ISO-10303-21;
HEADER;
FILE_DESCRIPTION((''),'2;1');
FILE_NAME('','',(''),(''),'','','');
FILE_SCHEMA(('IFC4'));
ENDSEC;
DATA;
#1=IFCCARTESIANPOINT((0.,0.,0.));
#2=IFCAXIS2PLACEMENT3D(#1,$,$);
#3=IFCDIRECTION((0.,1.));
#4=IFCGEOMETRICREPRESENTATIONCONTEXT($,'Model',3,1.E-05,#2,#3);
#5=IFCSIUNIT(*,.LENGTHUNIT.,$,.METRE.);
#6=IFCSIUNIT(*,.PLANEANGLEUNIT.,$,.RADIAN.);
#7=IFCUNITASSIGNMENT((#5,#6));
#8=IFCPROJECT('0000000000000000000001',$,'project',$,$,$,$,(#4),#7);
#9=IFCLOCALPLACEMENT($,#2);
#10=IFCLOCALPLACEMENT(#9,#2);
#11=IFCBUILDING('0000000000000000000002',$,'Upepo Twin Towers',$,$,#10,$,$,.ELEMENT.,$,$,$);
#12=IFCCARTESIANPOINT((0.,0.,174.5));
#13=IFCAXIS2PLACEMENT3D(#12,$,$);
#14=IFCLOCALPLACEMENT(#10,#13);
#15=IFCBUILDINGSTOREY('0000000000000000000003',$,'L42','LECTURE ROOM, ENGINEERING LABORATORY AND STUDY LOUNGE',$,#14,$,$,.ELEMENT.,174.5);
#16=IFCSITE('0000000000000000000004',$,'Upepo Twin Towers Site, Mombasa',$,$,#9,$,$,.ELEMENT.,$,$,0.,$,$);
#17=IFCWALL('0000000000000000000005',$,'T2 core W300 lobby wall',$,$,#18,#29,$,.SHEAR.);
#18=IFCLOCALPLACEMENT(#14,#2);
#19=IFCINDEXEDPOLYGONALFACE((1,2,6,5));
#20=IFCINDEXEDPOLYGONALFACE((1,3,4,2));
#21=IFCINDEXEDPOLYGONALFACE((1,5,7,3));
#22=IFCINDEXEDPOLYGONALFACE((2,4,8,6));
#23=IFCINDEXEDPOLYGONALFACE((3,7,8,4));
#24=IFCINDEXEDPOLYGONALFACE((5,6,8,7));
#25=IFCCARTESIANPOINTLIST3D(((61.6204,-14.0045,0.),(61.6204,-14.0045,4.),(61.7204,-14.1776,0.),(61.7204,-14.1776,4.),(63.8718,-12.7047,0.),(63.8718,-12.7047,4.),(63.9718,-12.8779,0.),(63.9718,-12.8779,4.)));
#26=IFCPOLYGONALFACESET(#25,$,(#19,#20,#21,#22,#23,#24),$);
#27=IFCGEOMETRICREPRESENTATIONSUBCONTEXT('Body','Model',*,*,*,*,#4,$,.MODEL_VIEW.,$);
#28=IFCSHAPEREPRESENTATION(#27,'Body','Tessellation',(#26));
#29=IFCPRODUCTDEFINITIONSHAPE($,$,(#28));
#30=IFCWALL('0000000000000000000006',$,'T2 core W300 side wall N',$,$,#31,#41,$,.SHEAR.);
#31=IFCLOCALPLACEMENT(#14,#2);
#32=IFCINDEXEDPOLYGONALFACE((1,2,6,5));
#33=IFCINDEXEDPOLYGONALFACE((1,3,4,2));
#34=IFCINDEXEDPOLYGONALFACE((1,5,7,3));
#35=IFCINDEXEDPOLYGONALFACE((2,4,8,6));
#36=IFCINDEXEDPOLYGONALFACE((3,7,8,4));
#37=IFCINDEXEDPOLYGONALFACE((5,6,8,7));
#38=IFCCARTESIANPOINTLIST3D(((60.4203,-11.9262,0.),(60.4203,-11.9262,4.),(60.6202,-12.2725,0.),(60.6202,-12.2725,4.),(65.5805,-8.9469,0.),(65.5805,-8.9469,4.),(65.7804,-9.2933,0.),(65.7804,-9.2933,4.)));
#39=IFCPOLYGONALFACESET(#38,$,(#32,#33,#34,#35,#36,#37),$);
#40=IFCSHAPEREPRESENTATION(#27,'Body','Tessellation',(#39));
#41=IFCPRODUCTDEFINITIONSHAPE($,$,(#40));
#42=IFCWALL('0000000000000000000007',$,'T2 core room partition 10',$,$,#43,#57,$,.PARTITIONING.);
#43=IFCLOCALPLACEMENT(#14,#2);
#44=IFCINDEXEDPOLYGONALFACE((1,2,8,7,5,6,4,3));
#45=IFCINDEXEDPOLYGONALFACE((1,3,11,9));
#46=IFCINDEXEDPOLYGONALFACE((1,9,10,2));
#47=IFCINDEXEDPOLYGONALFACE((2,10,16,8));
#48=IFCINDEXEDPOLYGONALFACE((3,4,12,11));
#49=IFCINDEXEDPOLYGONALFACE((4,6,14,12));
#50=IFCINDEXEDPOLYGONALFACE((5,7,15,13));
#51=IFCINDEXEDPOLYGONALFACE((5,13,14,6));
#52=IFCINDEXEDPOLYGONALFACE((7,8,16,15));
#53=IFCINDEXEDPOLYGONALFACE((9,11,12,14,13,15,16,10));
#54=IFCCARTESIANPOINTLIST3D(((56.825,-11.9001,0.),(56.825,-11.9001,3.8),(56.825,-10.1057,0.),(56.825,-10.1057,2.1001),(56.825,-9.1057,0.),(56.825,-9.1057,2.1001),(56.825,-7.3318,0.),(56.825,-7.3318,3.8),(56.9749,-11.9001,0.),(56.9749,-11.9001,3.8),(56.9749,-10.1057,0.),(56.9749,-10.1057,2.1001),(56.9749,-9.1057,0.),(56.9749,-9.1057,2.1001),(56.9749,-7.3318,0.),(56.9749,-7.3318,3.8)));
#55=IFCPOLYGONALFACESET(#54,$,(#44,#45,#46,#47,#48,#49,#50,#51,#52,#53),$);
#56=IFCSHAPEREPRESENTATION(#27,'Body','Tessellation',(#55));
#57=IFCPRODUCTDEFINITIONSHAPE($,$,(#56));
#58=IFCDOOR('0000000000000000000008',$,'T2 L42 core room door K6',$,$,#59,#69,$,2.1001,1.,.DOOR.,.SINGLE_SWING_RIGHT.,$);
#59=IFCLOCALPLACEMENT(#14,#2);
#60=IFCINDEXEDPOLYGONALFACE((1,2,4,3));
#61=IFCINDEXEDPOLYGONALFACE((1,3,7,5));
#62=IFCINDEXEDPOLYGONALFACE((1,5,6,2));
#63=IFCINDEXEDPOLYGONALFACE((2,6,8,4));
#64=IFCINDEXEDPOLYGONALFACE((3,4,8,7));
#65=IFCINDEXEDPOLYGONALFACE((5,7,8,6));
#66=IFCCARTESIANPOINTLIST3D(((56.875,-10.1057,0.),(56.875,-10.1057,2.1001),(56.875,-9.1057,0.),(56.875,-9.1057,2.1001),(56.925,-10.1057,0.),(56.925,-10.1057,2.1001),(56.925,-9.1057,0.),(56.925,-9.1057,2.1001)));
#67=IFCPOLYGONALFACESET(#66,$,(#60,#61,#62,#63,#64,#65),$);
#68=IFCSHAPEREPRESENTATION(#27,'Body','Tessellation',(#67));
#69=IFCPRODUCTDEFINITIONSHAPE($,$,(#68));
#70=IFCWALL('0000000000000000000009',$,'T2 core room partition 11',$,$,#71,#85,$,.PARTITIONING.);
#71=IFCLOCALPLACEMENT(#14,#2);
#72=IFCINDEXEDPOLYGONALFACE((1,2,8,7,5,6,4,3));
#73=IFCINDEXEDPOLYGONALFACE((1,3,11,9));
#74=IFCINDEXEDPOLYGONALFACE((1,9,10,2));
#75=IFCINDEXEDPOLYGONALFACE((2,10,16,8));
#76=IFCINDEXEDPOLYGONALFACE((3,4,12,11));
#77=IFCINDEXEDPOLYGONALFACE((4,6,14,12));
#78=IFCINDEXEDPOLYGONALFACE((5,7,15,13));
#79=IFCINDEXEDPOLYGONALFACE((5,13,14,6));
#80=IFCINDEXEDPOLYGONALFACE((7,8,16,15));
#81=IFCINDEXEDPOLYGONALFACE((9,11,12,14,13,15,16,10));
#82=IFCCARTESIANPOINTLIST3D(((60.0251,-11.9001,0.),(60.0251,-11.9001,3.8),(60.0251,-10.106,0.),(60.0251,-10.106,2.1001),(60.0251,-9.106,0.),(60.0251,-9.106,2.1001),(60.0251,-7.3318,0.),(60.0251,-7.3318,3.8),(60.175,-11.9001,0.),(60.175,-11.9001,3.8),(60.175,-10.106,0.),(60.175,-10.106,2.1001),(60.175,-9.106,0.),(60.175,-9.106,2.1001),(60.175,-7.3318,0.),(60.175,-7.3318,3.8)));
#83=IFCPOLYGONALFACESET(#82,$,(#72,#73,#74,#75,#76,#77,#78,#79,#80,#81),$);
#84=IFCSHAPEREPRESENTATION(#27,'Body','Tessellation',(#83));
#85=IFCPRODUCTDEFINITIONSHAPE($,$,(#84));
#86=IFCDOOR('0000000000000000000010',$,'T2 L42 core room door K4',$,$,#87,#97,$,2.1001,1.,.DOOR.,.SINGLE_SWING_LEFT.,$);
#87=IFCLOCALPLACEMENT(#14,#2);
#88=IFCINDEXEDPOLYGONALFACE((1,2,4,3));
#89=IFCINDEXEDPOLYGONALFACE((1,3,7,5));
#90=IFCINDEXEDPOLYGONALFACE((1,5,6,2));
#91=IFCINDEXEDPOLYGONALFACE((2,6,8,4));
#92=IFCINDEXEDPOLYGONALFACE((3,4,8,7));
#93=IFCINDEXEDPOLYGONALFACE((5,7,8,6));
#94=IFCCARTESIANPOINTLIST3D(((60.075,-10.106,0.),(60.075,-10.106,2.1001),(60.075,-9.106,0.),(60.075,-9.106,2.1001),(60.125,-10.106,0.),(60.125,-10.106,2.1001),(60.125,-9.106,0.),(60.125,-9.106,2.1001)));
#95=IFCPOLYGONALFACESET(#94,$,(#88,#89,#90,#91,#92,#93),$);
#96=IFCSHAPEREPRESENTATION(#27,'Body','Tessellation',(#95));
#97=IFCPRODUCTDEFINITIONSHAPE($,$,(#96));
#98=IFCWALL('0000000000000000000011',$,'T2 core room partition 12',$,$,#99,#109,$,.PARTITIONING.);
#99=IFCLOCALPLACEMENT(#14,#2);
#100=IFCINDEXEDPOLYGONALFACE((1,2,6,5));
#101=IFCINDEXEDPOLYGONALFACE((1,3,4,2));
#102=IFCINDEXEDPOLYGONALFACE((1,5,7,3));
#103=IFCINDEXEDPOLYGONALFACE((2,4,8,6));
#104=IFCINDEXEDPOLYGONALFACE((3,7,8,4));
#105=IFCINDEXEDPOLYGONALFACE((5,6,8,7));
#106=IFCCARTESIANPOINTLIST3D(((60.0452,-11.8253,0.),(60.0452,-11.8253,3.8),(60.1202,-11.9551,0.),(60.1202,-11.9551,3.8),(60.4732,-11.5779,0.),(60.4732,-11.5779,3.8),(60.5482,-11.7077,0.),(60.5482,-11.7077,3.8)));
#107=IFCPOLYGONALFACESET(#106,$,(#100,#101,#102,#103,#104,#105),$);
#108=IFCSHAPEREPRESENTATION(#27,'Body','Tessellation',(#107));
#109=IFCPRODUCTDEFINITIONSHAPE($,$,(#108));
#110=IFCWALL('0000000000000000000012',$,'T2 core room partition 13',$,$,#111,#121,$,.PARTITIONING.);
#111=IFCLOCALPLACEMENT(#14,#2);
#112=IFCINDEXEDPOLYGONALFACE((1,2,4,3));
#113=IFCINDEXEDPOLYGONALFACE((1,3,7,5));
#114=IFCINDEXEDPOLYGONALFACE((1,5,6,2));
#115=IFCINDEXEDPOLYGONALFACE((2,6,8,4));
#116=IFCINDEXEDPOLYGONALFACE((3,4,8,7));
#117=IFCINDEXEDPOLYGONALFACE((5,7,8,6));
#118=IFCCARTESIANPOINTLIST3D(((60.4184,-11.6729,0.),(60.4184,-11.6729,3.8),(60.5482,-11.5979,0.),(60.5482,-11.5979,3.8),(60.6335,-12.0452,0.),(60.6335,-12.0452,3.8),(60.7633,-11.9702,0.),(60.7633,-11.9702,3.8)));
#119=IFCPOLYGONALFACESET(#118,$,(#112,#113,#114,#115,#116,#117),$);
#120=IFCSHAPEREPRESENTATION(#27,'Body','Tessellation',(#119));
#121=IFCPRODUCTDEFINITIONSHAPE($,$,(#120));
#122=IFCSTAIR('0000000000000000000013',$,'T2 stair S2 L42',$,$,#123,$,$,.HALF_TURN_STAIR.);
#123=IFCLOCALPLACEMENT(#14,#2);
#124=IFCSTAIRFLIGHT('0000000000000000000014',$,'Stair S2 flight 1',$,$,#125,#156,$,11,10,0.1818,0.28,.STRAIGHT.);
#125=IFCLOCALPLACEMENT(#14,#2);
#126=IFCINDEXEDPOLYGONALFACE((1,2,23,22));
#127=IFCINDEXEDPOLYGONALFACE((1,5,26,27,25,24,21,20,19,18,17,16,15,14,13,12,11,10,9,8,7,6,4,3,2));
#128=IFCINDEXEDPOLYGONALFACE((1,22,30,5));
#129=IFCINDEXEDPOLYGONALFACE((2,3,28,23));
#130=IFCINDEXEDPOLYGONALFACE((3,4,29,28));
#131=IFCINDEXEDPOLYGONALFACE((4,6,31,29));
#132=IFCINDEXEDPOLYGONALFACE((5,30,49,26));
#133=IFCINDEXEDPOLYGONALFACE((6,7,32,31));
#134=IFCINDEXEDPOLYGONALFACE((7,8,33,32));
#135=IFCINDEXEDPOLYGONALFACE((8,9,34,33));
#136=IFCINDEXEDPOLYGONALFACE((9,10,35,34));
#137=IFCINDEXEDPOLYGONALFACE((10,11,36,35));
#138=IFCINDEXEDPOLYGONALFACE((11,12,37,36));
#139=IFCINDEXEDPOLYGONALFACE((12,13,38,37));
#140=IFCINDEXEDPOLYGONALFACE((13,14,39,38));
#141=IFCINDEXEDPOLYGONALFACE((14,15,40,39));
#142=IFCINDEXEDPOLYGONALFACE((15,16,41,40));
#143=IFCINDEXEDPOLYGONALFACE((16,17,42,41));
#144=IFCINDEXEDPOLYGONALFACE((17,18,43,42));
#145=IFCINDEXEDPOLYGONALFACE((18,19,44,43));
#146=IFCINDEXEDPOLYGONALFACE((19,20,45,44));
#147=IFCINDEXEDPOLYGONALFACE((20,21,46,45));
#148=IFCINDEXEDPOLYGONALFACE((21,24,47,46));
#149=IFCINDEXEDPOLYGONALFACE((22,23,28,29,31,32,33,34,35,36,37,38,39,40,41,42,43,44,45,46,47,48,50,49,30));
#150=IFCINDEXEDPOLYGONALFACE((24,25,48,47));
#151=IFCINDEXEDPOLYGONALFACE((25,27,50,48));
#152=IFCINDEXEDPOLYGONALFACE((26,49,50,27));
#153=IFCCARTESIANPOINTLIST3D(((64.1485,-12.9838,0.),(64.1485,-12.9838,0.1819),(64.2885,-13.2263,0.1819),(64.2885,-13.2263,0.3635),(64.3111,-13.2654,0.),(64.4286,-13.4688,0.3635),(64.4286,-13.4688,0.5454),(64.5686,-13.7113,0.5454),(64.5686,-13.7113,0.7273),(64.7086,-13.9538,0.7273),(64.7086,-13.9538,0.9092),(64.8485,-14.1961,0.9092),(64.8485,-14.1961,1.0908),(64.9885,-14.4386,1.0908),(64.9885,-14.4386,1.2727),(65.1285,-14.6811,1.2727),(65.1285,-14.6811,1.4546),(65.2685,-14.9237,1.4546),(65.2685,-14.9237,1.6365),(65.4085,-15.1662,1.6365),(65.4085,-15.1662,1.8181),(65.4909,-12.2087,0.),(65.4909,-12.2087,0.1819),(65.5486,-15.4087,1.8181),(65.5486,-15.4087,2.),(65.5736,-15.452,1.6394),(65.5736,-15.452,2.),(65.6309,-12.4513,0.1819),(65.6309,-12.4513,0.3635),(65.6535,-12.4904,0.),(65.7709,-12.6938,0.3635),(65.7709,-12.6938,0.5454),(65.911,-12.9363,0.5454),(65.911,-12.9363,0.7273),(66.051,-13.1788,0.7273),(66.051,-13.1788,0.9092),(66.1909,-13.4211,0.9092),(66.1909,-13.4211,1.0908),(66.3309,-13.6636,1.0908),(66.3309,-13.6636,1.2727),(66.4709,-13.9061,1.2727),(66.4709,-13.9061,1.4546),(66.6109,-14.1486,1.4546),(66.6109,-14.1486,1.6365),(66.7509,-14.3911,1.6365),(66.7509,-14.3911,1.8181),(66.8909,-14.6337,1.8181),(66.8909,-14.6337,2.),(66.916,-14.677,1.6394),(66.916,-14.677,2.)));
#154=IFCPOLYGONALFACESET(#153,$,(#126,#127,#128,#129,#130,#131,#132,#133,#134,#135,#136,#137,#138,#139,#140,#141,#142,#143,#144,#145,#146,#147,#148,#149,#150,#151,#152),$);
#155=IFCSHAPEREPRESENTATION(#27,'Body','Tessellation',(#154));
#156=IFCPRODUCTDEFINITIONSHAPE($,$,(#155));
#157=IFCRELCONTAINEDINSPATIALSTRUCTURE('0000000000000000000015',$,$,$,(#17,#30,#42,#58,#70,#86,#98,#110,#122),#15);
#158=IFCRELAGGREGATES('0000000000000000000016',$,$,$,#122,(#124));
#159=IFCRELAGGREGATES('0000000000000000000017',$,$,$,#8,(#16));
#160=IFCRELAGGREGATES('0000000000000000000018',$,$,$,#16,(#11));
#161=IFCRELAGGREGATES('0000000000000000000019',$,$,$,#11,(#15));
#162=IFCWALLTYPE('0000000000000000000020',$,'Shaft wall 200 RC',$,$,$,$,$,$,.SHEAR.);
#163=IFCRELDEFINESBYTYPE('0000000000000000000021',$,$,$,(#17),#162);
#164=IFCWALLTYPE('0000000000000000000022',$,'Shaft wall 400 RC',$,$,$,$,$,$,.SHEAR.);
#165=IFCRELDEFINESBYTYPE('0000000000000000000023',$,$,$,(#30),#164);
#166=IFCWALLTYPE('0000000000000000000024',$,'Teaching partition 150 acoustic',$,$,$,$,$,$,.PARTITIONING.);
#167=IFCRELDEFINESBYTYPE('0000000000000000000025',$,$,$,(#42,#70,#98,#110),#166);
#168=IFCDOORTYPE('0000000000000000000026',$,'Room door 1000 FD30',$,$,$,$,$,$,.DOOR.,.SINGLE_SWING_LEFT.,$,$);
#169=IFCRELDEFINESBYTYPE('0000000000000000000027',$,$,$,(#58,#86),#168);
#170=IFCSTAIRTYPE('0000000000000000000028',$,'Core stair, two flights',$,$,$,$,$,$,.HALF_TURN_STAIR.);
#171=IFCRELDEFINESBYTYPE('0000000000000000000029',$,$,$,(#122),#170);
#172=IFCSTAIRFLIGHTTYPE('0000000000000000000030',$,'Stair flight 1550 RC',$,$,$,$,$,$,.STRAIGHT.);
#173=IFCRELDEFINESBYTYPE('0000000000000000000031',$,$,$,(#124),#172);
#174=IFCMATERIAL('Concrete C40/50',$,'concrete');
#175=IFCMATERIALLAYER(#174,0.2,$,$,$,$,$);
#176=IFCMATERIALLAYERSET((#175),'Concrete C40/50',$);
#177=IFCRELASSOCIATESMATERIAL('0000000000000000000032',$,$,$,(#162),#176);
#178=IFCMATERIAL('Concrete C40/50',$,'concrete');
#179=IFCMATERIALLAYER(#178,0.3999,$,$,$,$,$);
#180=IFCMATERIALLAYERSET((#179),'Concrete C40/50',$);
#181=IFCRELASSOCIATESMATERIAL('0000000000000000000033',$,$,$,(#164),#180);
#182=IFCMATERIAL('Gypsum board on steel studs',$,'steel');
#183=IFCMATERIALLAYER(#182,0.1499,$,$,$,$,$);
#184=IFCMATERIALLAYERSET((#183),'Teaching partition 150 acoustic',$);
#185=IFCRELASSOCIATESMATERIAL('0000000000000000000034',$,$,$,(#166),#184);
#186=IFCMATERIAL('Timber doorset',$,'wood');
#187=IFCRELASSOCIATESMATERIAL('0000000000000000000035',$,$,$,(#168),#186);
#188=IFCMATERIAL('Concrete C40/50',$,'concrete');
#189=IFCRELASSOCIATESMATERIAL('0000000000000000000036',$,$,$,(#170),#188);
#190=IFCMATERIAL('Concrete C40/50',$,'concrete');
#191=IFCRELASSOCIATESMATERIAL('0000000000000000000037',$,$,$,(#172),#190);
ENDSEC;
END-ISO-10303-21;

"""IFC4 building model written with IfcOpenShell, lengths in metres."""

from ifc_helpers import new_model, si_unit, direction, frame, frame_2d, origin, place, context, subcontext, project, spatial, polyline, rectangle, outline, extrude, material, layer, layer_set, type_object, element, fill, aggregate, save


model = new_model("IFC4")

# Units and contexts
model_context = context("Model", 3, precision=1e-05, world=origin(), true_north=direction((0.0, 1.0)))
body_context = subcontext(model_context, "Body", "Model", "MODEL_VIEW")
ifc_project = project(units=[si_unit("LENGTHUNIT", "METRE"), si_unit("PLANEANGLEUNIT", "RADIAN")], contexts=[model_context])

# Site, building, storey
site_placement = place(None, origin())
site = spatial("IfcSite", under=ifc_project, at=site_placement, Name="Upepo Twin Towers Site, Mombasa", CompositionType="ELEMENT", RefElevation=0.0)
building_placement = place(site_placement, origin())
building = spatial("IfcBuilding", under=site, at=building_placement, Name="Upepo Twin Towers", CompositionType="ELEMENT")
storey_placement = place(building_placement, frame((0.0, 0.0, 174.5)))
storey = spatial("IfcBuildingStorey", under=building, at=storey_placement, Name="L42", Description="LECTURE ROOM, ENGINEERING LABORATORY AND STUDY LOUNGE", CompositionType="ELEMENT", Elevation=174.5)

# Walls
ifc_material_1 = material(Name="Concrete C40/50", Category="concrete")
ifc_layer_1 = layer(ifc_material_1, 0.2)
ifc_layer_set_1 = layer_set([ifc_layer_1], Name="Concrete C40/50")
wall_type_1 = type_object("IfcWallType", Name="Shaft wall 200 RC", PredefinedType="SHEAR", material=ifc_layer_set_1)
wall_1_placement = place(storey_placement, frame((61.6704, -14.0911, 0.0), z_axis=(0.0, 0.0, 1.0), x_axis=(0.866039, 0.499977, 0.0)))
element("IfcWall", 1, at=wall_1_placement, inside=storey, type_object=wall_type_1, Name="T2 core W300 lobby wall", PredefinedType="SHEAR", context=body_context, shape_type="SweptSolid", body=[
    extrude(rectangle(XDim=2.5996, YDim=0.2, at=frame_2d((1.2998, 0.0))), origin(), (0.0, 0.0, 1.0), 4.0),
])
ifc_material_2 = material(Name="Concrete C40/50", Category="concrete")
ifc_layer_2 = layer(ifc_material_2, 0.3999)
ifc_layer_set_2 = layer_set([ifc_layer_2], Name="Concrete C40/50")
wall_type_2 = type_object("IfcWallType", Name="Shaft wall 400 RC", PredefinedType="SHEAR", material=ifc_layer_set_2)
wall_2_placement = place(storey_placement, frame((60.5203, -12.0994, 0.0), z_axis=(0.0, 0.0, 1.0), x_axis=(0.866023, 0.500004, 0.0)))
element("IfcWall", 2, at=wall_2_placement, inside=storey, type_object=wall_type_2, Name="T2 core W300 side wall N", PredefinedType="SHEAR", context=body_context, shape_type="SweptSolid", body=[
    extrude(rectangle(XDim=5.9585, YDim=0.3999, at=frame_2d((2.9792, 0.0))), origin(), (0.0, 0.0, 1.0), 4.0),
])

# Walls, openings, doors
ifc_material_3 = material(Name="Gypsum board on steel studs", Category="steel")
ifc_layer_3 = layer(ifc_material_3, 0.1499)
ifc_layer_set_3 = layer_set([ifc_layer_3], Name="Teaching partition 150 acoustic")
wall_type_3 = type_object("IfcWallType", Name="Teaching partition 150 acoustic", PredefinedType="PARTITIONING", material=ifc_layer_set_3)
wall_3_placement = place(storey_placement, frame((56.8999, -11.9001, 0.0), z_axis=(0.0, 0.0, 1.0), x_axis=(0.0, 1.0, 0.0)))
wall_3 = element("IfcWall", 3, at=wall_3_placement, inside=storey, type_object=wall_type_3, Name="T2 core room partition 10", PredefinedType="PARTITIONING", context=body_context, shape_type="SweptSolid", body=[
    extrude(rectangle(XDim=4.5684, YDim=0.1499, at=frame_2d((2.2842, 0.0))), origin(), (0.0, 0.0, 1.0), 3.8),
])
opening_1_placement = place(wall_3_placement, frame((1.7944, 0.0, 0.0)))
opening_1 = element("IfcOpeningElement", 4, at=opening_1_placement, cuts=wall_3, PredefinedType="OPENING", context=body_context, shape_type="SweptSolid", body=[
    extrude(rectangle(XDim=1.0, YDim=2.1001, at=frame_2d((0.5, 1.05))), frame((0.0, 0.085, 0.0), z_axis=(0.0, -1.0, 0.0), x_axis=(1.0, 0.0, 0.0)), (0.0, 0.0, 1.0), 0.1699),
])
ifc_material_4 = material(Name="Timber doorset", Category="wood")
door_type_1 = type_object("IfcDoorType", Name="Room door 1000 FD30", OperationType="SINGLE_SWING_LEFT", PredefinedType="DOOR", material=ifc_material_4)
door_1_placement = place(opening_1_placement, origin())
door_1 = element("IfcDoor", 5, at=door_1_placement, inside=storey, type_object=door_type_1, Name="T2 L42 core room door K6", OperationType="SINGLE_SWING_RIGHT", OverallHeight=2.1001, OverallWidth=1.0, PredefinedType="DOOR", context=body_context, shape_type="SweptSolid", body=[
    extrude(rectangle(XDim=1.0, YDim=2.1001, at=frame_2d((0.5, 1.05))), frame((0.0, 0.0249, 0.0), z_axis=(0.0, -1.0, 0.0), x_axis=(1.0, 0.0, 0.0)), (0.0, 0.0, 1.0), 0.05),
])
fill(opening_1, door_1)
wall_4_placement = place(storey_placement, frame((60.1001, -7.3318, 0.0), z_axis=(0.0, 0.0, 1.0), x_axis=(0.0, -1.0, 0.0)))
wall_4 = element("IfcWall", 6, at=wall_4_placement, inside=storey, type_object=wall_type_3, Name="T2 core room partition 11", PredefinedType="PARTITIONING", context=body_context, shape_type="SweptSolid", body=[
    extrude(rectangle(XDim=4.5684, YDim=0.1499, at=frame_2d((2.2842, 0.0))), origin(), (0.0, 0.0, 1.0), 3.8),
])
opening_2_placement = place(wall_4_placement, frame((1.7742, 0.0, 0.0)))
opening_2 = element("IfcOpeningElement", 7, at=opening_2_placement, cuts=wall_4, PredefinedType="OPENING", context=body_context, shape_type="SweptSolid", body=[
    extrude(rectangle(XDim=1.0, YDim=2.1001, at=frame_2d((0.5, 1.05))), frame((0.0, 0.085, 0.0), z_axis=(0.0, -1.0, 0.0), x_axis=(1.0, 0.0, 0.0)), (0.0, 0.0, 1.0), 0.1699),
])
door_2_placement = place(opening_2_placement, origin())
door_2 = element("IfcDoor", 8, at=door_2_placement, inside=storey, type_object=door_type_1, Name="T2 L42 core room door K4", OperationType="SINGLE_SWING_LEFT", OverallHeight=2.1001, OverallWidth=1.0, PredefinedType="DOOR", context=body_context, shape_type="SweptSolid", body=[
    extrude(rectangle(XDim=1.0, YDim=2.1001, at=frame_2d((0.5, 1.05))), frame((0.0, 0.0249, 0.0), z_axis=(0.0, -1.0, 0.0), x_axis=(1.0, 0.0, 0.0)), (0.0, 0.0, 1.0), 0.05),
])
fill(opening_2, door_2)

# Walls
wall_5_placement = place(storey_placement, frame((60.0828, -11.8901, 0.0), z_axis=(0.0, 0.0, 1.0), x_axis=(0.865832, 0.500335, 0.0)))
element("IfcWall", 9, at=wall_5_placement, inside=storey, type_object=wall_type_3, Name="T2 core room partition 12", PredefinedType="PARTITIONING", context=body_context, shape_type="SweptSolid", body=[
    extrude(rectangle(XDim=0.4944, YDim=0.1499, at=frame_2d((0.2471, 0.0))), origin(), (0.0, 0.0, 1.0), 3.8),
])
wall_6_placement = place(storey_placement, frame((60.4834, -11.6355, 0.0), z_axis=(0.0, 0.0, 1.0), x_axis=(0.50023, -0.865892, 0.0)))
element("IfcWall", 10, at=wall_6_placement, inside=storey, type_object=wall_type_3, Name="T2 core room partition 13", PredefinedType="PARTITIONING", context=body_context, shape_type="SweptSolid", body=[
    extrude(rectangle(XDim=0.4299, YDim=0.1499, at=frame_2d((0.2148, 0.0))), origin(), (0.0, 0.0, 1.0), 3.8),
])

# Stair, stair flight
ifc_material_5 = material(Name="Concrete C40/50", Category="concrete")
stair_type = type_object("IfcStairType", Name="Core stair, two flights", PredefinedType="HALF_TURN_STAIR", material=ifc_material_5)
stair_placement = place(storey_placement, origin())
stair = element("IfcStair", 11, at=stair_placement, inside=storey, type_object=stair_type, Name="T2 stair S2 L42", PredefinedType="HALF_TURN_STAIR")
ifc_material_6 = material(Name="Concrete C40/50", Category="concrete")
stair_flight_type = type_object("IfcStairFlightType", Name="Stair flight 1550 RC", PredefinedType="STRAIGHT", material=ifc_material_6)
stair_flight_1_placement = place(storey_placement, frame((64.8198, -12.5962, 0.0), z_axis=(0.0, 0.0, 1.0), x_axis=(0.5, -0.866025, 0.0)))
stair_flight_1 = element("IfcStairFlight", 12, at=stair_flight_1_placement, type_object=stair_flight_type, Name="Stair S2 flight 1", NumberOfRisers=11, NumberOfTreads=10, PredefinedType="STRAIGHT", RiserHeight=0.1818, TreadLength=0.28, context=body_context, shape_type="SweptSolid", body=[
    extrude(outline(polyline([(0.0, 0.0), (0.0, 0.1819), (0.28, 0.1819), (0.28, 0.3635), (0.5601, 0.3635), (0.5601, 0.5454), (0.8401, 0.5454), (0.8401, 0.7273), (1.1201, 0.7273), (1.1201, 0.9092), (1.3999, 0.9092), (1.3999, 1.0908), (1.6799, 1.0908), (1.6799, 1.2727), (1.96, 1.2727), (1.96, 1.4546), (2.24, 1.4546), (2.24, 1.6365), (2.52, 1.6365), (2.52, 1.8181), (2.8, 1.8181), (2.8, 2.0), (2.8501, 2.0), (2.8501, 1.6394), (0.3252, 0.0), (0.0, 0.0)])), frame((0.0, 0.7749, 0.0), z_axis=(0.0, -1.0, 0.0), x_axis=(1.0, 0.0, 0.0)), (0.0, 0.0, 1.0), 1.55),
])
aggregate(stair, [stair_flight_1])

save(model, "model.ifc")
